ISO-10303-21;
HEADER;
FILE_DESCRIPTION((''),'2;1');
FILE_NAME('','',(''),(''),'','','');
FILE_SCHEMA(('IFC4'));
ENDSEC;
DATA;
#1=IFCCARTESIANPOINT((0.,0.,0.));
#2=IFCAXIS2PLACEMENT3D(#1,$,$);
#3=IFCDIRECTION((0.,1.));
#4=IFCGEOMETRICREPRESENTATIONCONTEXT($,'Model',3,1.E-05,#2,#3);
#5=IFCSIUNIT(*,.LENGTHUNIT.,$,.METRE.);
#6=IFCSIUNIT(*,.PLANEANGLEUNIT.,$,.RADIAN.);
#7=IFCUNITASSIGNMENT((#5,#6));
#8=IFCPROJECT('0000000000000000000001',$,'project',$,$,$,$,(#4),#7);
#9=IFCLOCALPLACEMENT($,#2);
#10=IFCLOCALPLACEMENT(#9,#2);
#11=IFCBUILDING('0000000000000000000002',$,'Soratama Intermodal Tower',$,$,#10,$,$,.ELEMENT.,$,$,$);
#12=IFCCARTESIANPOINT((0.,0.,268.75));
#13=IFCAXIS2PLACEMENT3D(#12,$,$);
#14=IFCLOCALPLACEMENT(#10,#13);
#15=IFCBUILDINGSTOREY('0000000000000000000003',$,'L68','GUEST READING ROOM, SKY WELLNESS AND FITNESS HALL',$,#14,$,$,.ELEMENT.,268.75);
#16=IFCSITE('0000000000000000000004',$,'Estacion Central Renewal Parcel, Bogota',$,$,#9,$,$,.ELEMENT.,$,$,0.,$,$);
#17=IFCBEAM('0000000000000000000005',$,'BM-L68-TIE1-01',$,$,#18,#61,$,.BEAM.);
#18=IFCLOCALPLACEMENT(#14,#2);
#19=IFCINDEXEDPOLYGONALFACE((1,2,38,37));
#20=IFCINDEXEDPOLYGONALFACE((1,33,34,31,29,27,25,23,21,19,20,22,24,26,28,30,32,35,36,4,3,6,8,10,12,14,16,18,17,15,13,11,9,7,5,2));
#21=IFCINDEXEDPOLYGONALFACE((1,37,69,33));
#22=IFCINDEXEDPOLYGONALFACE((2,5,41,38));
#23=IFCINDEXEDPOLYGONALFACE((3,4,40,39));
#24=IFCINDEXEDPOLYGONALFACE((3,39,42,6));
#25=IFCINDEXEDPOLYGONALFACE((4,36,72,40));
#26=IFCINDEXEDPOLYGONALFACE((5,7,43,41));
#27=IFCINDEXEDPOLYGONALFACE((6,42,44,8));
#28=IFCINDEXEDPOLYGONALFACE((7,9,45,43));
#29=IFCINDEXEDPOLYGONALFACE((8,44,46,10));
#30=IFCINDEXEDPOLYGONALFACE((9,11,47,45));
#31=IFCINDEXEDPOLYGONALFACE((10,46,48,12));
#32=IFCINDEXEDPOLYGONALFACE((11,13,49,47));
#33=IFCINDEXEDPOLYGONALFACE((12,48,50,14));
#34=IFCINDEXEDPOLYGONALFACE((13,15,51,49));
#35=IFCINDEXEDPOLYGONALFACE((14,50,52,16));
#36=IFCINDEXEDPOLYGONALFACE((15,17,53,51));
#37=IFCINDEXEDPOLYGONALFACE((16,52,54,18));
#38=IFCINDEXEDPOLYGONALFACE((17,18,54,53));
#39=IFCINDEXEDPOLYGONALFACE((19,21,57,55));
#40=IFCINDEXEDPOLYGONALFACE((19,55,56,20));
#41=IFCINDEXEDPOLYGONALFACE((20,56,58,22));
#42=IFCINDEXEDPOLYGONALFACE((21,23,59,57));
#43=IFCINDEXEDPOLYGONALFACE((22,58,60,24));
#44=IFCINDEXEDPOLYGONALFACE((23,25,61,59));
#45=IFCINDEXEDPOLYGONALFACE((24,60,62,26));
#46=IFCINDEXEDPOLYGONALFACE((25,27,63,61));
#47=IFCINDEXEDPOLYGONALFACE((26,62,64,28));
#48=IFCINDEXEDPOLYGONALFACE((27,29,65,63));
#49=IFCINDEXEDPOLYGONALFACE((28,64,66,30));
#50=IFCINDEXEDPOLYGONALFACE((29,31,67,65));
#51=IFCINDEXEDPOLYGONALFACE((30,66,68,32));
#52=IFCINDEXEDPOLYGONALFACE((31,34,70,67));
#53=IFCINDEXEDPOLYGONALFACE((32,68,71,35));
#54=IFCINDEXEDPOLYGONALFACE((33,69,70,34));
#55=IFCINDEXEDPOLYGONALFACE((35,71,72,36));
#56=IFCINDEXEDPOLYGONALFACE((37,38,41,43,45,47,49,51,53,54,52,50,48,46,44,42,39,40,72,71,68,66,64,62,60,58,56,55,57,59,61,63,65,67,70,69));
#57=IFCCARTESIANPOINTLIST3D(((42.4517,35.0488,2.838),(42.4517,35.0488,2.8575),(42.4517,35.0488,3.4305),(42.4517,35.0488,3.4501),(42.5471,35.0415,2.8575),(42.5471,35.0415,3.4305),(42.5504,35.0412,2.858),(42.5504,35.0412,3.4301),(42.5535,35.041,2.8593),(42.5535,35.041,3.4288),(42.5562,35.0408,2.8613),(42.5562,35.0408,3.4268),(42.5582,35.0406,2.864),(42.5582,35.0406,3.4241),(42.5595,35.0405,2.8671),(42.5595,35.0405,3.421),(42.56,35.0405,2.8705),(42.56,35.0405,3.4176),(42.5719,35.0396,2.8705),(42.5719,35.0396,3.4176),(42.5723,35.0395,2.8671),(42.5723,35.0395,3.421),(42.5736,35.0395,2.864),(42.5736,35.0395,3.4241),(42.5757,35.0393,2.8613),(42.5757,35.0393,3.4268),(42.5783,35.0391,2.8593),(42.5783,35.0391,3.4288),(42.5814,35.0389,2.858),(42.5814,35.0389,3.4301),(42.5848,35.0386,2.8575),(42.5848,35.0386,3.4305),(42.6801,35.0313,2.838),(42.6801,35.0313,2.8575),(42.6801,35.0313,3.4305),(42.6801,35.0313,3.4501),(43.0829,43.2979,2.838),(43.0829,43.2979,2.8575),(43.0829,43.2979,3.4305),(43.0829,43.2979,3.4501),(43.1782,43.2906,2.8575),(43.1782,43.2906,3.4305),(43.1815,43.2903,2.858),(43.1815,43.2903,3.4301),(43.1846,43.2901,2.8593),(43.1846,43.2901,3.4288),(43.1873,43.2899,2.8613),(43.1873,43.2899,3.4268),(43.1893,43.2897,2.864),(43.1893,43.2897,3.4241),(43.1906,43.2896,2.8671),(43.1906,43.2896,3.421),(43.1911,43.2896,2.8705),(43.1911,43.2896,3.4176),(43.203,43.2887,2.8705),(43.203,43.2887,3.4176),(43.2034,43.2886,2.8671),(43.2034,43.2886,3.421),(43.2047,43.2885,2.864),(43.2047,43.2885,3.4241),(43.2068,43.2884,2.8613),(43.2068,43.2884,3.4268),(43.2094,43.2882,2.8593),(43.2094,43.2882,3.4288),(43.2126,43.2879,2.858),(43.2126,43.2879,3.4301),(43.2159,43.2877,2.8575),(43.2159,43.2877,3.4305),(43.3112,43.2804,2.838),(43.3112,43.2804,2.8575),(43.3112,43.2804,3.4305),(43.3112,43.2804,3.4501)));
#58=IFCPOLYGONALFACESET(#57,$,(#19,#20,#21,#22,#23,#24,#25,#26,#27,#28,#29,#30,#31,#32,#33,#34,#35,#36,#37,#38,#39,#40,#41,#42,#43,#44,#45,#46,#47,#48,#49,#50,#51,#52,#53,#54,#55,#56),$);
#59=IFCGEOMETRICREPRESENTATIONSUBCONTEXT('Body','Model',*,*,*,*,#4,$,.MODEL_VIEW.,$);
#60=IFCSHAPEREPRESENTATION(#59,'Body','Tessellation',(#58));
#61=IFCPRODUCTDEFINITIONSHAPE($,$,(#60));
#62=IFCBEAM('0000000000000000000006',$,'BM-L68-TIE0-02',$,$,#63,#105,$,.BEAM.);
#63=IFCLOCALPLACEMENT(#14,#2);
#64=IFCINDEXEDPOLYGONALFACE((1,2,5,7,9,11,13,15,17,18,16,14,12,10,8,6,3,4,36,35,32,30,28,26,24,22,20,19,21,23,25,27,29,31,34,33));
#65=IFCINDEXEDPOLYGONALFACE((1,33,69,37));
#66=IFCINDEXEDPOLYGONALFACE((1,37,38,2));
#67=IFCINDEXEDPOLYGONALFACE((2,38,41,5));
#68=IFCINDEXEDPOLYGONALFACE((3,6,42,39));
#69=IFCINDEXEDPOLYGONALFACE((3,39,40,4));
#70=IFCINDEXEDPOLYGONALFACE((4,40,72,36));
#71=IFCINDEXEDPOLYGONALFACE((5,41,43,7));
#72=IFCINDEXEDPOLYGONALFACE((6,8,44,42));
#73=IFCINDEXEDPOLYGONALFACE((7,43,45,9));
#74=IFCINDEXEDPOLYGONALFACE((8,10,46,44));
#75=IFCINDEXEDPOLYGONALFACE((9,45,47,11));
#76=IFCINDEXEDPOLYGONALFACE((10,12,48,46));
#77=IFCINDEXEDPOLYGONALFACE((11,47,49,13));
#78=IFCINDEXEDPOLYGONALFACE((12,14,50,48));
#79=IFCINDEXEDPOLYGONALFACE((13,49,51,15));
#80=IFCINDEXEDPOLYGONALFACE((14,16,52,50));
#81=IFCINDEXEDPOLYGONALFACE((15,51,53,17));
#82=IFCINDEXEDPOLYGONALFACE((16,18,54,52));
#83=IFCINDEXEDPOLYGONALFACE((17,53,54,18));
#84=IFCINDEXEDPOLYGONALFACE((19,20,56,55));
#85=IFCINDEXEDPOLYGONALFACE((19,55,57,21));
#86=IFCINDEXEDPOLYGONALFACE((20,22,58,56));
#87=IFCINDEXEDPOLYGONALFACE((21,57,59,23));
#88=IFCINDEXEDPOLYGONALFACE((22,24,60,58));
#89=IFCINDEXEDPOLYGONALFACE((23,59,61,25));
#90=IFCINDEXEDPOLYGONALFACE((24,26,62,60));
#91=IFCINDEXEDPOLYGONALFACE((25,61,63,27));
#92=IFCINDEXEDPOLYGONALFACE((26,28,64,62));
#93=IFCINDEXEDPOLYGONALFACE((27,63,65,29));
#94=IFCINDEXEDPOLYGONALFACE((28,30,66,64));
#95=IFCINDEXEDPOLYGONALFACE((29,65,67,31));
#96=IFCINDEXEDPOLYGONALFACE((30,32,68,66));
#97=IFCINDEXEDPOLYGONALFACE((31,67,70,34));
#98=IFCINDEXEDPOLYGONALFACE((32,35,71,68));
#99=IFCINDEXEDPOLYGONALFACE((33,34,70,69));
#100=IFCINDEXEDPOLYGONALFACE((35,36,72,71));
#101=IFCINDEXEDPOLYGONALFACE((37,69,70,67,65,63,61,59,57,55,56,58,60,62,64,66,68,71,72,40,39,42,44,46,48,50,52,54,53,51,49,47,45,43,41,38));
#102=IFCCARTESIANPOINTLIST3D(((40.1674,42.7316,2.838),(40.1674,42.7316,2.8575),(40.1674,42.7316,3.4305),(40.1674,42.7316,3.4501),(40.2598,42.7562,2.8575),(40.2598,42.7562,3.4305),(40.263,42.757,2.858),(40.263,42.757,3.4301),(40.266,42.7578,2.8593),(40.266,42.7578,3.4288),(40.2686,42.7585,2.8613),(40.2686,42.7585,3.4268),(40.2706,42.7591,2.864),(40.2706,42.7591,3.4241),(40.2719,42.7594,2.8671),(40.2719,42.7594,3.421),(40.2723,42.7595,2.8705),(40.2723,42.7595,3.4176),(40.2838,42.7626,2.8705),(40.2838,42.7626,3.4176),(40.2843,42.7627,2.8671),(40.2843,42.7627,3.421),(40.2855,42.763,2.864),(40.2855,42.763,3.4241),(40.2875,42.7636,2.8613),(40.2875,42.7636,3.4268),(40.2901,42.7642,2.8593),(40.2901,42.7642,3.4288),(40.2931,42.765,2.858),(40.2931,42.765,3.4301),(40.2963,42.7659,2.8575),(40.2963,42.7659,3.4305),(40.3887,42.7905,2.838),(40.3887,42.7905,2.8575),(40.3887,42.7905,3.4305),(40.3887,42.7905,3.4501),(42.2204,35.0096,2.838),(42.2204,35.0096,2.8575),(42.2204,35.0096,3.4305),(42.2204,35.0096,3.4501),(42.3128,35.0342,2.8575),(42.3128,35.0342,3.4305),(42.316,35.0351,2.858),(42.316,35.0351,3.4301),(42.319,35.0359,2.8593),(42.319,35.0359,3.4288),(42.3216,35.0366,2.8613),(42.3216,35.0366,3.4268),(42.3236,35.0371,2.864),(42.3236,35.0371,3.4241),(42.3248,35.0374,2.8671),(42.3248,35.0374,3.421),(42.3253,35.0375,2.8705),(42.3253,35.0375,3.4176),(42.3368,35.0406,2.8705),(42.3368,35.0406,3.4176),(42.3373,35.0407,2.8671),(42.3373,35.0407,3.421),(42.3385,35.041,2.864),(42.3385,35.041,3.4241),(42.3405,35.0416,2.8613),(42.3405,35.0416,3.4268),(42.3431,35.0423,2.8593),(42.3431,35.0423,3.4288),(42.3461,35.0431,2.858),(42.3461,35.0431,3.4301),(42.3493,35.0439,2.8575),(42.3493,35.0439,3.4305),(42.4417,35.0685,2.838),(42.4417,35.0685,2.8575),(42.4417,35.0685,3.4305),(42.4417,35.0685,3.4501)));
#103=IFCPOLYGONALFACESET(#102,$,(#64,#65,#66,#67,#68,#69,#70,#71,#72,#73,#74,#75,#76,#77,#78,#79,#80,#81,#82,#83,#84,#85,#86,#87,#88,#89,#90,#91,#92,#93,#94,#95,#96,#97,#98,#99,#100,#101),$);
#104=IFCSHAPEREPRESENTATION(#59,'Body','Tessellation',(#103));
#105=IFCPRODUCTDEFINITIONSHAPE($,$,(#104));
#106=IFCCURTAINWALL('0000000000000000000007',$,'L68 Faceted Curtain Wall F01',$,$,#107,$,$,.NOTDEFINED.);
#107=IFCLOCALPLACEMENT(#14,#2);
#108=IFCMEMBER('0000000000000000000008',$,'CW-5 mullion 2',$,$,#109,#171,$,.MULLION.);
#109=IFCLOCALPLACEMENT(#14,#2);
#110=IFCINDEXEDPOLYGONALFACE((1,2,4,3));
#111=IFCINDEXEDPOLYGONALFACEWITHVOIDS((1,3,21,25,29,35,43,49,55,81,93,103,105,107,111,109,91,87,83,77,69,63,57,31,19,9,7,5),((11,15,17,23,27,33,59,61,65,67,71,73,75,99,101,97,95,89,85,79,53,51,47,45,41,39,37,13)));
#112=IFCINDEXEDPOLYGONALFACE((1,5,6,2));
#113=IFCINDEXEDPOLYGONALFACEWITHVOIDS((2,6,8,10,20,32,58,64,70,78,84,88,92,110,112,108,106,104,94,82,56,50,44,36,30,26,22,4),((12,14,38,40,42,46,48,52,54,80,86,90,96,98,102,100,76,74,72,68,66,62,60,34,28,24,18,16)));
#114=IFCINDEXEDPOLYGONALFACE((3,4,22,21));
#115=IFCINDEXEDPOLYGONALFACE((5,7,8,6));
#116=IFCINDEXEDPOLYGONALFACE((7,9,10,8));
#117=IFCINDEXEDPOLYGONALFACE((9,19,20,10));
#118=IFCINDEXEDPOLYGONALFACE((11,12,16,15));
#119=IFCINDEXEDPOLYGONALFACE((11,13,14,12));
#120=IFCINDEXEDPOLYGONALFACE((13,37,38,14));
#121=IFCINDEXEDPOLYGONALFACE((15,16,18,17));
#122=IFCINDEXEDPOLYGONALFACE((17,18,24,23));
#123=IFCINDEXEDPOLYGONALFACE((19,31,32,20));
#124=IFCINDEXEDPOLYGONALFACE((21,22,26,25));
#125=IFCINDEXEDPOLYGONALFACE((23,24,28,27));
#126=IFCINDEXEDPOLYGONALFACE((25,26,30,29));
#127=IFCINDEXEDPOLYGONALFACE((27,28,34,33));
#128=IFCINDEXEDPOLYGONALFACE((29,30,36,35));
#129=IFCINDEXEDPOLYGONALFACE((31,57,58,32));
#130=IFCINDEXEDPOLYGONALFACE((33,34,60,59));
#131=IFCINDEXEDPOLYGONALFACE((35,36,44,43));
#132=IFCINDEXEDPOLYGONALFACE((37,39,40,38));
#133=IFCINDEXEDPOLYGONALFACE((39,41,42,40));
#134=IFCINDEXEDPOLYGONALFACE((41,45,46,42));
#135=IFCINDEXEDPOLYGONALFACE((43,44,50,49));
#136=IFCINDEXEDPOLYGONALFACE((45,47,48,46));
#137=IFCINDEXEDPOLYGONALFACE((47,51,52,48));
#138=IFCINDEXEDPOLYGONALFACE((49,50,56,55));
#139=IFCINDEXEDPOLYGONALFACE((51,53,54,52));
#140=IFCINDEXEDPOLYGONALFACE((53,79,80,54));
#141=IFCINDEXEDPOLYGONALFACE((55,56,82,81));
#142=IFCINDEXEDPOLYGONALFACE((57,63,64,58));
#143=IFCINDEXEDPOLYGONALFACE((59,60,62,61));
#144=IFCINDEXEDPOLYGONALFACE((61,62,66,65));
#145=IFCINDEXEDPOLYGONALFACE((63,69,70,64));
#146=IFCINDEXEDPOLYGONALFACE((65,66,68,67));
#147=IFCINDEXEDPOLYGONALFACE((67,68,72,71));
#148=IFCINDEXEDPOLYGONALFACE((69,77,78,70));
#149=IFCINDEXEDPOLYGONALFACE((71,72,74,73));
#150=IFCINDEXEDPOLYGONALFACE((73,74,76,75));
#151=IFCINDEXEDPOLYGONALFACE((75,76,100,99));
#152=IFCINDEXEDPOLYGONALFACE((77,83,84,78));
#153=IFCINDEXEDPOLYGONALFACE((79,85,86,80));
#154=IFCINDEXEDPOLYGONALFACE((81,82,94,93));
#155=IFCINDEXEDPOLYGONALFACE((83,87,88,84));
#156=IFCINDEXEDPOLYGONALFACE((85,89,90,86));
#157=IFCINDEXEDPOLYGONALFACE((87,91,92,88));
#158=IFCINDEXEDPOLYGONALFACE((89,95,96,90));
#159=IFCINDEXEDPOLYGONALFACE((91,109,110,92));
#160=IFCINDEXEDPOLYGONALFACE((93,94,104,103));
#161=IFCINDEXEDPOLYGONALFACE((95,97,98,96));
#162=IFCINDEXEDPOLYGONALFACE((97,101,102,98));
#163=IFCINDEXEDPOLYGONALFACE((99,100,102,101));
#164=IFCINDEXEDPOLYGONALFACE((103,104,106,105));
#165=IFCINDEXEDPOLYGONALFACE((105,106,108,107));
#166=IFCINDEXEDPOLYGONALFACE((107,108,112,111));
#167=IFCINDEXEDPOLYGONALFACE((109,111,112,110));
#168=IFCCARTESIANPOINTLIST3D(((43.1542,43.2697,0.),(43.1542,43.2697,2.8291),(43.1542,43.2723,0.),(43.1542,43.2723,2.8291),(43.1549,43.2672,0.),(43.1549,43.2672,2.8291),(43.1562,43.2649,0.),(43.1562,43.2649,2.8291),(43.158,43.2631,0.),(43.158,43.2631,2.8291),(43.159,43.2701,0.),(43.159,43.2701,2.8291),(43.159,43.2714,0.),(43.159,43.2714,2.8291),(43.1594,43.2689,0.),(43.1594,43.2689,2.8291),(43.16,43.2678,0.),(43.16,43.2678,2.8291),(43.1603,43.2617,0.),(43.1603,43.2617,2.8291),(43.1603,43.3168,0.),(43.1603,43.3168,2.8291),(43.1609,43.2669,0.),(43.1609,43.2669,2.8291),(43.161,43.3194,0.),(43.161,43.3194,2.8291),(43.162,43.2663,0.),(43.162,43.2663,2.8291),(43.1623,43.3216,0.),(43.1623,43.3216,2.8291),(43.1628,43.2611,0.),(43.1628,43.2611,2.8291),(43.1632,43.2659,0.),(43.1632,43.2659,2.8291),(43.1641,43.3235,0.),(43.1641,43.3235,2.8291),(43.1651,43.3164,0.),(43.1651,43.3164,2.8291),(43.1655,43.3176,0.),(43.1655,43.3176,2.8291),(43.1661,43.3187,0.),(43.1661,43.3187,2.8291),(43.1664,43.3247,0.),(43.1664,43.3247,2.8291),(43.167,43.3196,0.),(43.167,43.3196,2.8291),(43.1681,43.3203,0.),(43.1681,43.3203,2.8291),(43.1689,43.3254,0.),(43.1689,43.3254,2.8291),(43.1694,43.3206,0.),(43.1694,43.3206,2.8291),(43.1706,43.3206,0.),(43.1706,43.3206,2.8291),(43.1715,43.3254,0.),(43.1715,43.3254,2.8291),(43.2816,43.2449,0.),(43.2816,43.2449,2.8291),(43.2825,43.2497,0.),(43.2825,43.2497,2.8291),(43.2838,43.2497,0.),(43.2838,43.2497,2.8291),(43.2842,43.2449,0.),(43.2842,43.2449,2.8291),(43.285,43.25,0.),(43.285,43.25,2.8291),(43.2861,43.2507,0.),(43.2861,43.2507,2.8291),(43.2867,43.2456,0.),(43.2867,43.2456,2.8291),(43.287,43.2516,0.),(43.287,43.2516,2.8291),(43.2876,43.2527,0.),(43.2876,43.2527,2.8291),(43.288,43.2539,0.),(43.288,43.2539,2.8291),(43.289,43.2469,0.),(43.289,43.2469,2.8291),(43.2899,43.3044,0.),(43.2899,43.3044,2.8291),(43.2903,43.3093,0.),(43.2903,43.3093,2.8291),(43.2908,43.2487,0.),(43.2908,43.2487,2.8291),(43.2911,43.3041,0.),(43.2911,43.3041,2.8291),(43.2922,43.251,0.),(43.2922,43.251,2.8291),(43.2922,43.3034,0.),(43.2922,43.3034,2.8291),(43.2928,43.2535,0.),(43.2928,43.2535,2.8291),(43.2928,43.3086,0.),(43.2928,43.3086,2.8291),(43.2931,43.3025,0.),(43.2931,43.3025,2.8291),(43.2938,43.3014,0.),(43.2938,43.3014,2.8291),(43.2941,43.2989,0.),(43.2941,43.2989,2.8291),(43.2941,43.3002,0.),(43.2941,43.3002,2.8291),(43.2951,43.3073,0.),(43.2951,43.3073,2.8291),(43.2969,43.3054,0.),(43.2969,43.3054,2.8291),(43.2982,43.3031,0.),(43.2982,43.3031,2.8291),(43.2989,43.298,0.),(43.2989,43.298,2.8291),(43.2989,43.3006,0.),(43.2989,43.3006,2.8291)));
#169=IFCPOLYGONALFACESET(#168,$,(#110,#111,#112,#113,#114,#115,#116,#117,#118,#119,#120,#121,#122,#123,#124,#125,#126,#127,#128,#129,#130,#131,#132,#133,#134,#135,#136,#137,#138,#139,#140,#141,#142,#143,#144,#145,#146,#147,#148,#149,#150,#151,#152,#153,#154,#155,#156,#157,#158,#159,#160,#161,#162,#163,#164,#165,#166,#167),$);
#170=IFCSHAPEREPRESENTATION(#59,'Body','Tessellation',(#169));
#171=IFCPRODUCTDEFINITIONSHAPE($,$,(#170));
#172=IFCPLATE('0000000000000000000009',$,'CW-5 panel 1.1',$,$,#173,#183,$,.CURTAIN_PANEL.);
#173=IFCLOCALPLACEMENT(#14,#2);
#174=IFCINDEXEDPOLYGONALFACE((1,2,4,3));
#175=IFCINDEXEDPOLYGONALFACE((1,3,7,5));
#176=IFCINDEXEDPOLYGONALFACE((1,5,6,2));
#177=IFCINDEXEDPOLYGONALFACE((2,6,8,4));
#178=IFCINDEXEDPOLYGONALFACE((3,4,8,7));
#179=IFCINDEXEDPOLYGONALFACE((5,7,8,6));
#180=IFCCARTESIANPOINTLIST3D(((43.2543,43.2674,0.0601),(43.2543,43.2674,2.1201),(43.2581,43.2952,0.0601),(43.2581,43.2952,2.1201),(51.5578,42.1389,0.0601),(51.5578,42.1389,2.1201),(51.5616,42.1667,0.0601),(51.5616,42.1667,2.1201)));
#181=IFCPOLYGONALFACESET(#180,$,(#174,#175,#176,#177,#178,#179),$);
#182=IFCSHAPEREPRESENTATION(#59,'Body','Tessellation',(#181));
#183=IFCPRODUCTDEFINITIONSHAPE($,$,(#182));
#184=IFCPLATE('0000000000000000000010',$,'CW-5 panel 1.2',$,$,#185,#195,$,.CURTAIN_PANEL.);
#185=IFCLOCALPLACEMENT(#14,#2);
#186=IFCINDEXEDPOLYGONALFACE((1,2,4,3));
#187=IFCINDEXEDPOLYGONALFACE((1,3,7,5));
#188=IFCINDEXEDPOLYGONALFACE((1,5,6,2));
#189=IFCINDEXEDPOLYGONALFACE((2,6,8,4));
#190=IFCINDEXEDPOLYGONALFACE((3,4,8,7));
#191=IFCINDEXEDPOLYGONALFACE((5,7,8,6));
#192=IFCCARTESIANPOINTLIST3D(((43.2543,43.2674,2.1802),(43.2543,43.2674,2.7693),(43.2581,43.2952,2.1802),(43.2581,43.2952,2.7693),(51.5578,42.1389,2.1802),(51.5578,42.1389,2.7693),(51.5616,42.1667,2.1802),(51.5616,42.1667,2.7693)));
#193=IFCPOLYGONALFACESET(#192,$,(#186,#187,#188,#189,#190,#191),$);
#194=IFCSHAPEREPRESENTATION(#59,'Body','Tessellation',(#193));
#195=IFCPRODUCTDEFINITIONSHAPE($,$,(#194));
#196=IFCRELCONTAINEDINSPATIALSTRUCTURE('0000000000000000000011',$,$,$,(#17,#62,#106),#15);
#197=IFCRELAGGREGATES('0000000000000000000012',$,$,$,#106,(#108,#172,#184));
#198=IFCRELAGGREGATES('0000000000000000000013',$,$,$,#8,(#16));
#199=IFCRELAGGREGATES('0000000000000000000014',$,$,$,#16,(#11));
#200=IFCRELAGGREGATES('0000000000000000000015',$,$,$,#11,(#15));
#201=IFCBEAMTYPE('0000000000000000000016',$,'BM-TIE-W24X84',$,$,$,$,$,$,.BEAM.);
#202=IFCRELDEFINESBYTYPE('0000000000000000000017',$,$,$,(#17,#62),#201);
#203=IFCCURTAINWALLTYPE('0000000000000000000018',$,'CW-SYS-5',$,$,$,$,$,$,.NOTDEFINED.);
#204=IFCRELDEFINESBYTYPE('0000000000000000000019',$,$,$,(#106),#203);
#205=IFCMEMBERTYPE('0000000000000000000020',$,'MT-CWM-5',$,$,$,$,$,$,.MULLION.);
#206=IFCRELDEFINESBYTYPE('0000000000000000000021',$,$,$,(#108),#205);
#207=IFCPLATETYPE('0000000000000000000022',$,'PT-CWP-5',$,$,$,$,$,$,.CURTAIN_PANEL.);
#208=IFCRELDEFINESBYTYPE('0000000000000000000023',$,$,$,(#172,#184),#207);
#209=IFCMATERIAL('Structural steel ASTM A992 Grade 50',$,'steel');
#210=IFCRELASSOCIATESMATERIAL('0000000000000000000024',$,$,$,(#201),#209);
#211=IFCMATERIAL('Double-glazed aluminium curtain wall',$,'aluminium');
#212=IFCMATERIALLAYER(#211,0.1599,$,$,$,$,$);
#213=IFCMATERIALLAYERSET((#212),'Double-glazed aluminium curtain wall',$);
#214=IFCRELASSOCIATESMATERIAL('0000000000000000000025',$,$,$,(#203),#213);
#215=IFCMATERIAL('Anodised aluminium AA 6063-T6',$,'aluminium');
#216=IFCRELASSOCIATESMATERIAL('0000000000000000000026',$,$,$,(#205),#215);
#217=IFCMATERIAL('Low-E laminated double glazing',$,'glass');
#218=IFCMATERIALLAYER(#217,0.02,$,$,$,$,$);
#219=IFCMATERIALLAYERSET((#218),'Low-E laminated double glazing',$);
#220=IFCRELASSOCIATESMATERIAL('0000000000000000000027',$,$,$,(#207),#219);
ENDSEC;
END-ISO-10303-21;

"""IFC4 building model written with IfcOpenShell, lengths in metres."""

from ifc_helpers import new_model, si_unit, direction, frame, origin, origin_2d, place, context, subcontext, project, spatial, rectangle, hollow_rectangle, i_section, extrude, material, layer, layer_set, material_profile, profile_set, type_object, element, aggregate, save


model = new_model("IFC4")

# Units and contexts
model_context = context("Model", 3, precision=1e-05, world=origin(), true_north=direction((0.0, 1.0)))
body_context = subcontext(model_context, "Body", "Model", "MODEL_VIEW")
ifc_project = project(units=[si_unit("LENGTHUNIT", "METRE"), si_unit("PLANEANGLEUNIT", "RADIAN")], contexts=[model_context])

# Site, building, storey
site_placement = place(None, origin())
site = spatial("IfcSite", under=ifc_project, at=site_placement, Name="Estacion Central Renewal Parcel, Bogota", CompositionType="ELEMENT", RefElevation=0.0)
building_placement = place(site_placement, origin())
building = spatial("IfcBuilding", under=site, at=building_placement, Name="Soratama Intermodal Tower", CompositionType="ELEMENT")
storey_placement = place(building_placement, frame((0.0, 0.0, 268.75)))
storey = spatial("IfcBuildingStorey", under=building, at=storey_placement, Name="L68", Description="GUEST READING ROOM, SKY WELLNESS AND FITNESS HALL", CompositionType="ELEMENT", Elevation=268.75)

# Beams
ifc_material_1 = material(Name="Structural steel ASTM A992 Grade 50", Category="steel")
ifc_material_profile_1 = material_profile(ifc_material_1, i_section(OverallWidth=0.229, OverallDepth=0.6121, WebThickness=0.012, FlangeThickness=0.0195, FilletRadius=0.0129, at=origin_2d()), Name="W24X84")
ifc_profile_set_1 = profile_set([ifc_material_profile_1], Name="Structural steel ASTM A992 Grade 50")
beam_type_1 = type_object("IfcBeamType", Name="BM-TIE-W24X84", PredefinedType="BEAM", material=ifc_profile_set_1)
beam_1_placement = place(storey_placement, frame((42.5659, 35.04, 3.144), z_axis=(0.076284, 0.997086, 0.0), x_axis=(-0.997086, 0.076284, 0.0)))
element("IfcBeam", 1, at=beam_1_placement, inside=storey, type_object=beam_type_1, Name="BM-L68-TIE1-01", PredefinedType="BEAM", context=body_context, shape_type="SweptSolid", body=[
    extrude(i_section(OverallWidth=0.229, OverallDepth=0.6121, WebThickness=0.012, FlangeThickness=0.0195, FilletRadius=0.0129, at=origin_2d()), origin(), (0.0, 0.0, 1.0), 8.2732),
])
beam_2_placement = place(storey_placement, frame((42.3311, 35.0391, 3.144), z_axis=(-0.256938, 0.966428, 0.0), x_axis=(-0.966428, -0.256938, 0.0)))
element("IfcBeam", 2, at=beam_2_placement, inside=storey, type_object=beam_type_1, Name="BM-L68-TIE0-02", PredefinedType="BEAM", context=body_context, shape_type="SweptSolid", body=[
    extrude(i_section(OverallWidth=0.229, OverallDepth=0.6121, WebThickness=0.012, FlangeThickness=0.0195, FilletRadius=0.0129, at=origin_2d()), origin(), (0.0, 0.0, 1.0), 7.9902),
])

# Curtain wall, member, plates
ifc_material_2 = material(Name="Double-glazed aluminium curtain wall", Category="aluminium")
ifc_layer_1 = layer(ifc_material_2, 0.1599)
ifc_layer_set_1 = layer_set([ifc_layer_1], Name="Double-glazed aluminium curtain wall")
curtain_wall_type = type_object("IfcCurtainWallType", Name="CW-SYS-5", PredefinedType="NOTDEFINED", material=ifc_layer_set_1)
curtain_wall_placement = place(storey_placement, origin())
curtain_wall = element("IfcCurtainWall", 3, at=curtain_wall_placement, inside=storey, type_object=curtain_wall_type, Name="L68 Faceted Curtain Wall F01", PredefinedType="NOTDEFINED")
ifc_material_3 = material(Name="Anodised aluminium AA 6063-T6", Category="aluminium")
ifc_material_profile_2 = material_profile(ifc_material_3, hollow_rectangle(XDim=0.0649, YDim=0.1399, WallThickness=0.0049, InnerFilletRadius=0.0049, OuterFilletRadius=0.01, at=origin_2d()), Name="CWM140X65X5")
ifc_profile_set_2 = profile_set([ifc_material_profile_2], Name="Anodised aluminium AA 6063-T6")
member_type = type_object("IfcMemberType", Name="MT-CWM-5", PredefinedType="MULLION", material=ifc_profile_set_2)
member_placement = place(storey_placement, frame((43.2266, 43.2852, 0.0), z_axis=(0.0, 0.0, 1.0), x_axis=(-0.134673, -0.99089, 0.0)))
member = element("IfcMember", 4, at=member_placement, type_object=member_type, Name="CW-5 mullion 2", PredefinedType="MULLION", context=body_context, shape_type="SweptSolid", body=[
    extrude(hollow_rectangle(XDim=0.0649, YDim=0.1399, WallThickness=0.0049, InnerFilletRadius=0.0049, OuterFilletRadius=0.01, at=origin_2d()), origin(), (0.0, 0.0, 1.0), 2.8291),
])
ifc_material_4 = material(Name="Low-E laminated double glazing", Category="glass")
ifc_layer_2 = layer(ifc_material_4, 0.02)
ifc_layer_set_2 = layer_set([ifc_layer_2], Name="Low-E laminated double glazing")
plate_type = type_object("IfcPlateType", Name="PT-CWP-5", PredefinedType="CURTAIN_PANEL", material=ifc_layer_set_2)
plate_1_placement = place(storey_placement, frame((47.408, 42.717, 0.0601), z_axis=(0.0, 0.0, 1.0), x_axis=(-0.99089, 0.134673, 0.0)))
plate_1 = element("IfcPlate", 5, at=plate_1_placement, type_object=plate_type, Name="CW-5 panel 1.1", PredefinedType="CURTAIN_PANEL", context=body_context, shape_type="SweptSolid", body=[
    extrude(rectangle(XDim=8.3799, YDim=0.0281, at=origin_2d()), origin(), (0.0, 0.0, 1.0), 2.0601),
])
plate_2_placement = place(storey_placement, frame((47.408, 42.717, 2.1802), z_axis=(0.0, 0.0, 1.0), x_axis=(-0.99089, 0.134673, 0.0)))
plate_2 = element("IfcPlate", 6, at=plate_2_placement, type_object=plate_type, Name="CW-5 panel 1.2", PredefinedType="CURTAIN_PANEL", context=body_context, shape_type="SweptSolid", body=[
    extrude(rectangle(XDim=8.3799, YDim=0.0281, at=origin_2d()), origin(), (0.0, 0.0, 1.0), 0.5891),
])
aggregate(curtain_wall, [member, plate_1, plate_2])

save(model, "model.ifc")
